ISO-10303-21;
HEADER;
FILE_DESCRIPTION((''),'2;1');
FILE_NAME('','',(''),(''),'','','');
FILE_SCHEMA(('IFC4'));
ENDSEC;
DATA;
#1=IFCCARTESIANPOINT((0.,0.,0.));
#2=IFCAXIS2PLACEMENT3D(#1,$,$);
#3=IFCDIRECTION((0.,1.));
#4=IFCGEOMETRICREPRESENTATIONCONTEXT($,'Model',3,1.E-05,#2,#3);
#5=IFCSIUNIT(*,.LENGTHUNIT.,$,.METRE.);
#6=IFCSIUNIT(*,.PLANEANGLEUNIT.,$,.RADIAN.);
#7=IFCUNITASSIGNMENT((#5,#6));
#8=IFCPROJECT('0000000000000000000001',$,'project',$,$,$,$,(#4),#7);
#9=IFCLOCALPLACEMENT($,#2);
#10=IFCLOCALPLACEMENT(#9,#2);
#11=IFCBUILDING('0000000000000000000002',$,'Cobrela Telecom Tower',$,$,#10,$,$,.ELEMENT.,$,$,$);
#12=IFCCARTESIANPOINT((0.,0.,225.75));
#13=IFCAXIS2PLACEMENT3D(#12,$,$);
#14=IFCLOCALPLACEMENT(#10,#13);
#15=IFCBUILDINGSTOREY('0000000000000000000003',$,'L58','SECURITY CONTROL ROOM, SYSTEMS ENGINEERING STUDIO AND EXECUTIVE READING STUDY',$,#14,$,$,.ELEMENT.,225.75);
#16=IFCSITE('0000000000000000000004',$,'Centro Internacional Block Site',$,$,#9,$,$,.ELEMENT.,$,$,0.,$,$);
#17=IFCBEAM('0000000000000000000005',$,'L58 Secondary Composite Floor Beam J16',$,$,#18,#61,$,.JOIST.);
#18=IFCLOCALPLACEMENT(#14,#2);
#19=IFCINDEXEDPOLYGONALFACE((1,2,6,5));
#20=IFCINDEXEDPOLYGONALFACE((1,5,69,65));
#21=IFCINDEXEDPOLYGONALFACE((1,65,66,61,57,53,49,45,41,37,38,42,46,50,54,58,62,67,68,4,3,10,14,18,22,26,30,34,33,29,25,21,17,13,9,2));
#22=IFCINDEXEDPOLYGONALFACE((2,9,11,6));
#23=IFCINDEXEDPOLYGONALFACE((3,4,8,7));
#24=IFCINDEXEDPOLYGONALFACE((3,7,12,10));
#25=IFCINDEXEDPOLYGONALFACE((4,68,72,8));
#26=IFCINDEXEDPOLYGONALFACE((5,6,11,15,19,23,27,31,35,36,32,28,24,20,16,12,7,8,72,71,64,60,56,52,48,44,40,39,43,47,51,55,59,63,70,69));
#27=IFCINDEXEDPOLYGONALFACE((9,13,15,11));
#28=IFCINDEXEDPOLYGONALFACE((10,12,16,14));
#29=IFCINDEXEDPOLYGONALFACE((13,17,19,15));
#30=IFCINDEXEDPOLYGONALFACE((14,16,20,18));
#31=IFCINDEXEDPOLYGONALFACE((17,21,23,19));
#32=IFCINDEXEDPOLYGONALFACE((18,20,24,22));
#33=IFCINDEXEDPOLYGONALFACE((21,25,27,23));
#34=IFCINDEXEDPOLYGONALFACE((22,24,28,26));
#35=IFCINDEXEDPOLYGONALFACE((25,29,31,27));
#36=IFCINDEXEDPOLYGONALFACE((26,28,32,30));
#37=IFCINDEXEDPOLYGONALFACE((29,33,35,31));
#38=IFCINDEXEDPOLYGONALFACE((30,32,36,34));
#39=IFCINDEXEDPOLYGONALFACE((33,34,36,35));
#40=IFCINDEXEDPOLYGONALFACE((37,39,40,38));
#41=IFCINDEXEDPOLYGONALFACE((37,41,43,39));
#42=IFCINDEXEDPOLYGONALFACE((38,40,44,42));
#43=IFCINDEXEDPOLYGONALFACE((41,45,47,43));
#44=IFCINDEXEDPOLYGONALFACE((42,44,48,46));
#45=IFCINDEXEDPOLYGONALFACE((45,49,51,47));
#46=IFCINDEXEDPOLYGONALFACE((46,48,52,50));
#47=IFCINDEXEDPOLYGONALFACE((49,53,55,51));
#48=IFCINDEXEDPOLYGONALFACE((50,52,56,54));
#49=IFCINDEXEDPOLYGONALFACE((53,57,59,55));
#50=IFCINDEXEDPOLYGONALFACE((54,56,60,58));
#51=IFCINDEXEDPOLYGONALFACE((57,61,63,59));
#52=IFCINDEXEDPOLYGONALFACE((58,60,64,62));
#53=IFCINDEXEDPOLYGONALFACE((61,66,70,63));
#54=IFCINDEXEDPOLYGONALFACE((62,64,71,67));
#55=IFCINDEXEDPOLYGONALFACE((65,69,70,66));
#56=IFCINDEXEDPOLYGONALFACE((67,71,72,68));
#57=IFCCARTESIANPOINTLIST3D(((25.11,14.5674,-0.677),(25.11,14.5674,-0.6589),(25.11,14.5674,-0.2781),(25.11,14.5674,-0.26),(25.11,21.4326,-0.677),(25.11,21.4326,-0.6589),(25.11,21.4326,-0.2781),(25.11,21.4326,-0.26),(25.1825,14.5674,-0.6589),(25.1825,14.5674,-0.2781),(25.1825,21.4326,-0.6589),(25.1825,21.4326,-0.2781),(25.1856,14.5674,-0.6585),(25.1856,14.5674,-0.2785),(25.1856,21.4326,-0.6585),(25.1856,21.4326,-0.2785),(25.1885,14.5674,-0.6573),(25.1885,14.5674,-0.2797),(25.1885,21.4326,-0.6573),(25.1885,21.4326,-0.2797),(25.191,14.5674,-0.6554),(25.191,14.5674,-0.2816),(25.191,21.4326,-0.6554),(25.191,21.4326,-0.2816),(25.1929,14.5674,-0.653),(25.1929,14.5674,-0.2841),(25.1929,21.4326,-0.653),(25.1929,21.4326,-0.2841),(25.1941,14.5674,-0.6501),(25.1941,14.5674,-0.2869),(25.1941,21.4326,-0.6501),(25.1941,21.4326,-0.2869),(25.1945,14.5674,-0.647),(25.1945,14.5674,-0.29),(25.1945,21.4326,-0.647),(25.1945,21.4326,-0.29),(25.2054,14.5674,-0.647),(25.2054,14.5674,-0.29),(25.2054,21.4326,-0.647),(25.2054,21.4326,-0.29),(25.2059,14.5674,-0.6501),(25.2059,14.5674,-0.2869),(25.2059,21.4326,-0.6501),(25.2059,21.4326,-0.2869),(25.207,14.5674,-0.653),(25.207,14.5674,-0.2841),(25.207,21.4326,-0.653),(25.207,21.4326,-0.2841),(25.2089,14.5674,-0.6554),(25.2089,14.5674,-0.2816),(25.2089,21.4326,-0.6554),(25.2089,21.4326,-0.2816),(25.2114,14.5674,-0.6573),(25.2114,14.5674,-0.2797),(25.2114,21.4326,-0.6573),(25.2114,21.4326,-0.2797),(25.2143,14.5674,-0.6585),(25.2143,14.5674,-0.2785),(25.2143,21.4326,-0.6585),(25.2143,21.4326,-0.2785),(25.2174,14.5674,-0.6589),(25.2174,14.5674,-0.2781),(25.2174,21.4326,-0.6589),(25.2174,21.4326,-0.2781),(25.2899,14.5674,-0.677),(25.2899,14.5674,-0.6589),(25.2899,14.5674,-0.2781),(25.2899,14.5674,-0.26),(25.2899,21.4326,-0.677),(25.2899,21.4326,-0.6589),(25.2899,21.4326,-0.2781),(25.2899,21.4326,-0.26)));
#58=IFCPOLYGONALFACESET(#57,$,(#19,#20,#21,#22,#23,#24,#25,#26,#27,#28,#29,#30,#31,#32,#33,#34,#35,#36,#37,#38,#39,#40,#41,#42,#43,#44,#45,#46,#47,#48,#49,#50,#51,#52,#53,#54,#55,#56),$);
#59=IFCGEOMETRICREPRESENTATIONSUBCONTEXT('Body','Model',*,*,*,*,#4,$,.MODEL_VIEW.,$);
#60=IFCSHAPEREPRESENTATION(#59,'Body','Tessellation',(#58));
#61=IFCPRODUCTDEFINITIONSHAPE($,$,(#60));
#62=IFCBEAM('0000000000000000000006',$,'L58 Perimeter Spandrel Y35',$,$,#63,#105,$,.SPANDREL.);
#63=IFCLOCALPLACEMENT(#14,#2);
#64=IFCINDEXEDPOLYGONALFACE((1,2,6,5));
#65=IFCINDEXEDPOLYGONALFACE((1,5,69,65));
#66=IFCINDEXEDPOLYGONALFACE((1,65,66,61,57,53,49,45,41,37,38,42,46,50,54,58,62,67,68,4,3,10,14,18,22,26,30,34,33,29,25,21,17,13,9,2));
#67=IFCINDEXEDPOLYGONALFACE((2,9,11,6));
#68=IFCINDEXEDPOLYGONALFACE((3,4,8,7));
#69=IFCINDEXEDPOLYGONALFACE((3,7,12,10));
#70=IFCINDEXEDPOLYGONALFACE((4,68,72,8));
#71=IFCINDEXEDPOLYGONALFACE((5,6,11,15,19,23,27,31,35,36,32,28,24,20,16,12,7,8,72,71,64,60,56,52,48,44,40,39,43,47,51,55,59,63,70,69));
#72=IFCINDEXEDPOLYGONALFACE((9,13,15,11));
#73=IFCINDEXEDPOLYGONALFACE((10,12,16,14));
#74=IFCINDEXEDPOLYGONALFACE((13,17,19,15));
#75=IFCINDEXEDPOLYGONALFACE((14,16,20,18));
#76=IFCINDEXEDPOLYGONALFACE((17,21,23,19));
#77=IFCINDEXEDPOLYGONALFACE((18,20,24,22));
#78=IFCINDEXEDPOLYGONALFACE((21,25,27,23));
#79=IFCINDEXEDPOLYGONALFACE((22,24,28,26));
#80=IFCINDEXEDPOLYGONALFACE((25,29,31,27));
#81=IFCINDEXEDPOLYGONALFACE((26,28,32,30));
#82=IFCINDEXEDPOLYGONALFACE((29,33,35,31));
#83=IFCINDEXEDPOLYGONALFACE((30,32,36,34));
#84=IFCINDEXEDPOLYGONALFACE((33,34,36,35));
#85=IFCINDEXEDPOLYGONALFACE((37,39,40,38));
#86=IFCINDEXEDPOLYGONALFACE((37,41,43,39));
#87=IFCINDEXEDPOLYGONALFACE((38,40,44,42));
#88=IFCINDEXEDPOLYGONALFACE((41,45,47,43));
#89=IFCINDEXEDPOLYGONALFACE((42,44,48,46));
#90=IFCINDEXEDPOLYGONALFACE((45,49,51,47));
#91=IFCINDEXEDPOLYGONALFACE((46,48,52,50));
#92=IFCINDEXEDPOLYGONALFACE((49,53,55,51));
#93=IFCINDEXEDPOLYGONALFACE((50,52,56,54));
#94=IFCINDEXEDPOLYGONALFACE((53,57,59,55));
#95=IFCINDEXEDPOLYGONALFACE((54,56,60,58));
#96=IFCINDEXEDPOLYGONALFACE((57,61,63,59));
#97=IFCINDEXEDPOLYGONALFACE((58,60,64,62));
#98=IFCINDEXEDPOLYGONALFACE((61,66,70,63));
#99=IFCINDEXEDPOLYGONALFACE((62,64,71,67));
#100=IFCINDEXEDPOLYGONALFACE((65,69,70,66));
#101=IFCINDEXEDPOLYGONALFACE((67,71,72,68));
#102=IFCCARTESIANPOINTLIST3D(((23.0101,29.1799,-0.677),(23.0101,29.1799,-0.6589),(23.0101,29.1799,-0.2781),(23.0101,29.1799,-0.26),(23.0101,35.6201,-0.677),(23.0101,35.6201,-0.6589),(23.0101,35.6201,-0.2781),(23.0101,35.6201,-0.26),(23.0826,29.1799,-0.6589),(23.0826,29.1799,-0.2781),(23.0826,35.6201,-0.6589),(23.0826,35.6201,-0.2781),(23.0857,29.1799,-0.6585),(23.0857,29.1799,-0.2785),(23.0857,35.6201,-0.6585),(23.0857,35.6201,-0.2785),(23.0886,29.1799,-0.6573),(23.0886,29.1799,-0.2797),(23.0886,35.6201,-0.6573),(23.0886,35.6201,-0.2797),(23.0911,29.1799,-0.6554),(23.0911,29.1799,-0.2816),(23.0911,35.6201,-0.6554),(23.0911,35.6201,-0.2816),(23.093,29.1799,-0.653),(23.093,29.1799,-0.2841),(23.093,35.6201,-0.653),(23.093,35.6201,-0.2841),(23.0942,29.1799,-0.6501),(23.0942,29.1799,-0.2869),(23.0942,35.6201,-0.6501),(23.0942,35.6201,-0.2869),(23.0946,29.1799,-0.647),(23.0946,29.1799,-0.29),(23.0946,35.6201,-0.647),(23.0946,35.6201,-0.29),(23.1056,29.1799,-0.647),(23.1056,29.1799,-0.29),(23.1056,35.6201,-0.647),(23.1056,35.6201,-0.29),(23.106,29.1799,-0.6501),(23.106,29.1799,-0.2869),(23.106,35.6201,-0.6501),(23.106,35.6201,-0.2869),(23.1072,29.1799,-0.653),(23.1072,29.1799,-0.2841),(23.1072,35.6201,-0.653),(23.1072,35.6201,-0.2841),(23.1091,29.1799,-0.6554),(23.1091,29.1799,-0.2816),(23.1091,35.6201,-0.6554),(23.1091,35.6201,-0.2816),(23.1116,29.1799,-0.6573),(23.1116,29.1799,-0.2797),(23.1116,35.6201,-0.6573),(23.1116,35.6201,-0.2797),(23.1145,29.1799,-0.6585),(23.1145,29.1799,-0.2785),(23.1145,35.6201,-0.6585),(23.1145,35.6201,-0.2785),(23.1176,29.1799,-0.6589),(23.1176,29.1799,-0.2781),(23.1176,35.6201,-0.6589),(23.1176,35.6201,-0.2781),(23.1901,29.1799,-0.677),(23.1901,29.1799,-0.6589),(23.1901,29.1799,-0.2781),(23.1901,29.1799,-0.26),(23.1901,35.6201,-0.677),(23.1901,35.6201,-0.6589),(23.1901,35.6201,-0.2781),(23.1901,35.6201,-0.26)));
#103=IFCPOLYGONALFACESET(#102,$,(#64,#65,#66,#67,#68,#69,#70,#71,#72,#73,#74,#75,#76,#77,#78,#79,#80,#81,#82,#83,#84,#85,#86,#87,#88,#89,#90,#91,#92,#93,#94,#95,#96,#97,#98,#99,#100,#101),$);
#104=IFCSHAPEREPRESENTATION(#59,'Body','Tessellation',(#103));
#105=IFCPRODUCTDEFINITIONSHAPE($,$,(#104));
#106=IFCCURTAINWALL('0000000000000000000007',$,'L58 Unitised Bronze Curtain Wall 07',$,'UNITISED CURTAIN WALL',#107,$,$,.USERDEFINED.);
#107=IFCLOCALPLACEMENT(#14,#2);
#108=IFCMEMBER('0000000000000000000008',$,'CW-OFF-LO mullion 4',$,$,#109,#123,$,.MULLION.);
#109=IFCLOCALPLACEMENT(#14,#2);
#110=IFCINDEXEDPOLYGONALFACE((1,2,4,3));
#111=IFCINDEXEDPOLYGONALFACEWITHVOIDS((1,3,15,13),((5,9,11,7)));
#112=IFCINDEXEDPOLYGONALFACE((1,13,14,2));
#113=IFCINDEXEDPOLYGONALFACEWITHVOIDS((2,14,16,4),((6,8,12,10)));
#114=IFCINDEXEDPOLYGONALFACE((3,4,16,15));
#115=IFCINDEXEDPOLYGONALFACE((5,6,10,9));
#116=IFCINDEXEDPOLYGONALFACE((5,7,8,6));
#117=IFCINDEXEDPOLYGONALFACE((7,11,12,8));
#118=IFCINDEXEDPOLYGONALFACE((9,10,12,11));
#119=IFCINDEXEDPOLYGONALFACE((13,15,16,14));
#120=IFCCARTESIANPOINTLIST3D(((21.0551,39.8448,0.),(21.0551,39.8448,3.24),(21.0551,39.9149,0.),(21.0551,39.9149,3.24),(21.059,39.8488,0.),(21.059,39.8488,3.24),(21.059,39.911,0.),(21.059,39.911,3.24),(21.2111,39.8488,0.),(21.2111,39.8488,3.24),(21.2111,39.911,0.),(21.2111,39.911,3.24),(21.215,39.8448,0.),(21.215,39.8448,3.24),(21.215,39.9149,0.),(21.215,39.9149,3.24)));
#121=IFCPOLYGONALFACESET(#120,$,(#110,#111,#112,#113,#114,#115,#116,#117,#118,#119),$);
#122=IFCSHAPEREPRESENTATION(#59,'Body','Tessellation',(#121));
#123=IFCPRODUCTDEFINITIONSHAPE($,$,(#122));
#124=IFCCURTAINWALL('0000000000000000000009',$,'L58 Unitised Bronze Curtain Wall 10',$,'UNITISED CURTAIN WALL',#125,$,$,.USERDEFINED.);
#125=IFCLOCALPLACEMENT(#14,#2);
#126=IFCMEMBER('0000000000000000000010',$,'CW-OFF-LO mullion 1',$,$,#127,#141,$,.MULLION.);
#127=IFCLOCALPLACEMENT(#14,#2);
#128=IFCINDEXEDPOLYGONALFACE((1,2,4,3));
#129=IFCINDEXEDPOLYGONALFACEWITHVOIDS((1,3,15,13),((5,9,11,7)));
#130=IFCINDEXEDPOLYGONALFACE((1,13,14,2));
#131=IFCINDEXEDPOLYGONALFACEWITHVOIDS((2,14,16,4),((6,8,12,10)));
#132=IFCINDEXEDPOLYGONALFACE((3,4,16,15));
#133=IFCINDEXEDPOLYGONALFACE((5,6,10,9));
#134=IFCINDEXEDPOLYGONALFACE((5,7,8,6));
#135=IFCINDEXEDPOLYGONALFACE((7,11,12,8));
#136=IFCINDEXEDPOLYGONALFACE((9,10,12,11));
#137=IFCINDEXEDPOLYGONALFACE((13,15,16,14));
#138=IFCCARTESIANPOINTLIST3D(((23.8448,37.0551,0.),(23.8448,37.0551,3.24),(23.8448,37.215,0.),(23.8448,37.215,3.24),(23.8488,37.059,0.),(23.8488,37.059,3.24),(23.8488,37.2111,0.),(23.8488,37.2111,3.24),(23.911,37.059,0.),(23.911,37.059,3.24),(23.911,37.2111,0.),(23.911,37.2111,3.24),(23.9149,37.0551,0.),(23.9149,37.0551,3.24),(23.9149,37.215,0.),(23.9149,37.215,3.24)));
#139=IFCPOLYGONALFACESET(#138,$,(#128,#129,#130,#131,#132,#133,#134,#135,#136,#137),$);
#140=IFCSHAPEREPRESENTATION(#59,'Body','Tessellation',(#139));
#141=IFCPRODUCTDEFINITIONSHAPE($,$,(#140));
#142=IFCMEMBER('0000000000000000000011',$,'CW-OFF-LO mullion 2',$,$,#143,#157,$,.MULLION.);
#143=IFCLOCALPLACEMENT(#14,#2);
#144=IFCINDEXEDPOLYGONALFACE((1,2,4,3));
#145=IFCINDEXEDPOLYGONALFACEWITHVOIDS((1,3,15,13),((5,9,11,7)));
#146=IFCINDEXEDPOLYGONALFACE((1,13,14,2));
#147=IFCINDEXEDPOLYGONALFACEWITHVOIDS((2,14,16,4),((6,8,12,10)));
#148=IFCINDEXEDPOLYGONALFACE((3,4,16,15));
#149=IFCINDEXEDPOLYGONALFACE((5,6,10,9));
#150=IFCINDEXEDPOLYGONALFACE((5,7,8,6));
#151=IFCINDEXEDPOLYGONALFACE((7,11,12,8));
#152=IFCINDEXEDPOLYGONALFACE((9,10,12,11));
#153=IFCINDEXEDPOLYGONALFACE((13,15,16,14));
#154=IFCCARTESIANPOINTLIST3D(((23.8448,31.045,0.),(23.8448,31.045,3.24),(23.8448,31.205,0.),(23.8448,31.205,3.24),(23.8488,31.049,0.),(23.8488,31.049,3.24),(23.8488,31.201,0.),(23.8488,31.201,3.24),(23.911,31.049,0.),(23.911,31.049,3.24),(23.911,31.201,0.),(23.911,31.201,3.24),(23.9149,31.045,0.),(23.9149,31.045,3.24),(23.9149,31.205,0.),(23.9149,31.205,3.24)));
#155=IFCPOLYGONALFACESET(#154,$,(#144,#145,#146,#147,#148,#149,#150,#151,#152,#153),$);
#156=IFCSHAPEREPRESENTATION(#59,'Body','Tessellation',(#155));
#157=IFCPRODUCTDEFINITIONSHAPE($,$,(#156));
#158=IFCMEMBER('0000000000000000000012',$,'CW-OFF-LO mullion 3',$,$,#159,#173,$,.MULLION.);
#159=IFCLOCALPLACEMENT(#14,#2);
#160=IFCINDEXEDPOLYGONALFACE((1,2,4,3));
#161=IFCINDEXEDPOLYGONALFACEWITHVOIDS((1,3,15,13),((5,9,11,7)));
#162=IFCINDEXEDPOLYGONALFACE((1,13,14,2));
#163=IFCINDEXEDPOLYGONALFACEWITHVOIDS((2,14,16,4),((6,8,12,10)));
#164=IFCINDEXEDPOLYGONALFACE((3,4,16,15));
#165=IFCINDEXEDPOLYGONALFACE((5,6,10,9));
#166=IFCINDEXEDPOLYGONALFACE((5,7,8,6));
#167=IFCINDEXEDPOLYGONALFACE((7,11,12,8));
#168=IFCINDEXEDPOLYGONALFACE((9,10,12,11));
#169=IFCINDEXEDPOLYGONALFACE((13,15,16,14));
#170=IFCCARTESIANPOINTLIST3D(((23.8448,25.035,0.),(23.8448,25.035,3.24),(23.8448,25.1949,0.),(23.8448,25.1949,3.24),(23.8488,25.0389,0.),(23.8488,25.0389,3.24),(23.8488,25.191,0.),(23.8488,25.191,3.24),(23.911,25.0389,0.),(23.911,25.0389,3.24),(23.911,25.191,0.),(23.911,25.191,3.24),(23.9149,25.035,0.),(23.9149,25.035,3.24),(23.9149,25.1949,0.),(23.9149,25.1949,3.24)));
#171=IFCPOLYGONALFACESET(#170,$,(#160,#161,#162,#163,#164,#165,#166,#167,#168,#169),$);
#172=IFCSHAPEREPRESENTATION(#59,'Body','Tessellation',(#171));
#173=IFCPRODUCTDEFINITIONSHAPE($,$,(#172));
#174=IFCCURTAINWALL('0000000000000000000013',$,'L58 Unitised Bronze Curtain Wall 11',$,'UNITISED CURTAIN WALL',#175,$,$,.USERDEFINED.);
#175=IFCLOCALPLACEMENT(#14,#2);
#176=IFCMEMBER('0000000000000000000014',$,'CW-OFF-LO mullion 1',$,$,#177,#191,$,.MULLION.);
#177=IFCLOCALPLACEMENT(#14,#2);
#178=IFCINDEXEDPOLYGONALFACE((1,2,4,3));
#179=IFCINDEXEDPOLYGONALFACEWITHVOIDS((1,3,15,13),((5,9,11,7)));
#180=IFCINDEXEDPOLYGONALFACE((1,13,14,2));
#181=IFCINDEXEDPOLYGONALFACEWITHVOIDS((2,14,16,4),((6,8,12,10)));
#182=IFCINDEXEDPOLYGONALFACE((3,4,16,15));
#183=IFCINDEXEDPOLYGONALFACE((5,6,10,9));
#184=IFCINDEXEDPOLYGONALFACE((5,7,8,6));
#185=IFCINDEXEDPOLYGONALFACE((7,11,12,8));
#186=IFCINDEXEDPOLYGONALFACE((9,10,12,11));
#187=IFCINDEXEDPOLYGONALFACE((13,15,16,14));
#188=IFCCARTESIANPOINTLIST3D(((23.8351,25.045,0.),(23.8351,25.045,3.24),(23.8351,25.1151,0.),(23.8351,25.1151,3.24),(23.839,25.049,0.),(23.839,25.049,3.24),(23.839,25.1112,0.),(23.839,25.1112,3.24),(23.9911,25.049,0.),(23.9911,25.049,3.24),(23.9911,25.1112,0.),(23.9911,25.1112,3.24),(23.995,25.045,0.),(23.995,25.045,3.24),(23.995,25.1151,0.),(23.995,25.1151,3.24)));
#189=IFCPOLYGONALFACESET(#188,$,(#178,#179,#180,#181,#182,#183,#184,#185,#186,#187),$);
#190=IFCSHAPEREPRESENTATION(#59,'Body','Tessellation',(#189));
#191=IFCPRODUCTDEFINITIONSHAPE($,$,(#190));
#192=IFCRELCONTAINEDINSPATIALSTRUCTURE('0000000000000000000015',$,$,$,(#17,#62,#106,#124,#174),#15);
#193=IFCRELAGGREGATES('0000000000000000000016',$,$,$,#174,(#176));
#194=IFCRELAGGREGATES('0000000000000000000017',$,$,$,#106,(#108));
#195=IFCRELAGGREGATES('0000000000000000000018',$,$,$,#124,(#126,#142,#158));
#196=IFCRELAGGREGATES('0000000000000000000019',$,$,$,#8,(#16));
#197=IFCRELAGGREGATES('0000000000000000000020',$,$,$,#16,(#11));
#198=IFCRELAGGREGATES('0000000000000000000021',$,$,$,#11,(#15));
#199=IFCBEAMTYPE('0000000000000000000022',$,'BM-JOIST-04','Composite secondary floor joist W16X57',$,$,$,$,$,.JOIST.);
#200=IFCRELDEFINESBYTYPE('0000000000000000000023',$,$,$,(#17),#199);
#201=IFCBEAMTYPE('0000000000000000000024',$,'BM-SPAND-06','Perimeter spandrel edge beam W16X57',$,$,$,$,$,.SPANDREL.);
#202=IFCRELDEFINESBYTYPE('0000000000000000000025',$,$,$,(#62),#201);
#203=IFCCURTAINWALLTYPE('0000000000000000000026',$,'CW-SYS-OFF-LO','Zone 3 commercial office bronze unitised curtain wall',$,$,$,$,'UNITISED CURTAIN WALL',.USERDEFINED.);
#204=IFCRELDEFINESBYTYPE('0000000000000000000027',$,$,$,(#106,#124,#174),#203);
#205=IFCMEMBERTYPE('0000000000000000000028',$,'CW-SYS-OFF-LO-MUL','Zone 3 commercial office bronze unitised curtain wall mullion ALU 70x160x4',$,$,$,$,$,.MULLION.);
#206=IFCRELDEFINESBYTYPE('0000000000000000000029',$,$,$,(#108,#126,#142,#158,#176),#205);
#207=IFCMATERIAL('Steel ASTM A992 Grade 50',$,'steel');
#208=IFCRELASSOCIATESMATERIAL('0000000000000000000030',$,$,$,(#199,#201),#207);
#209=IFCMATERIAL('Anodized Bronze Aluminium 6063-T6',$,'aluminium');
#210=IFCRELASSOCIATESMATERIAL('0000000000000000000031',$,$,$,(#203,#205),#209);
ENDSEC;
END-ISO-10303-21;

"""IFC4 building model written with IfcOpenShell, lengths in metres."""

from ifc_helpers import new_model, si_unit, direction, frame, origin, origin_2d, place, context, subcontext, project, spatial, hollow_rectangle, i_section, extrude, material, material_profile, profile_set, type_object, element, aggregate, save


model = new_model("IFC4")

# Units and contexts
model_context = context("Model", 3, precision=1e-05, world=origin(), true_north=direction((0.0, 1.0)))
body_context = subcontext(model_context, "Body", "Model", "MODEL_VIEW")
ifc_project = project(units=[si_unit("LENGTHUNIT", "METRE"), si_unit("PLANEANGLEUNIT", "RADIAN")], contexts=[model_context])

# Site, building, storey
site_placement = place(None, origin())
site = spatial("IfcSite", under=ifc_project, at=site_placement, Name="Centro Internacional Block Site", CompositionType="ELEMENT", RefElevation=0.0)
building_placement = place(site_placement, origin())
building = spatial("IfcBuilding", under=site, at=building_placement, Name="Cobrela Telecom Tower", CompositionType="ELEMENT")
storey_placement = place(building_placement, frame((0.0, 0.0, 225.75)))
storey = spatial("IfcBuildingStorey", under=building, at=storey_placement, Name="L58", Description="SECURITY CONTROL ROOM, SYSTEMS ENGINEERING STUDIO AND EXECUTIVE READING STUDY", CompositionType="ELEMENT", Elevation=225.75)

# Shared definitions
ifc_material_1 = material(Name="Steel ASTM A992 Grade 50", Category="steel")

# Beams
ifc_material_profile_1 = material_profile(ifc_material_1, i_section(OverallWidth=0.1799, OverallDepth=0.417, WebThickness=0.011, FlangeThickness=0.0181, FilletRadius=0.012, at=origin_2d()), Name="W16X57")
ifc_profile_set_1 = profile_set([ifc_material_profile_1], Name="Steel ASTM A992 Grade 50")
beam_type_1 = type_object("IfcBeamType", Name="BM-JOIST-04", Description="Composite secondary floor joist W16X57", PredefinedType="JOIST", material=ifc_profile_set_1)
for number, where, z_axis, x_axis, name in (
    (1, (25.2, 14.5674, -0.4685), (0.0, 1.0, 0.0), (-1.0, 0.0, 0.0), "L58 Secondary Composite Floor Beam J16"),
):
    element("IfcBeam", number, at=place(storey_placement, frame(where, z_axis=z_axis, x_axis=x_axis)), inside=storey, type_object=beam_type_1, Name=name, PredefinedType="JOIST", context=body_context, shape_type="SweptSolid", body=[
        extrude(i_section(OverallWidth=0.1799, OverallDepth=0.417, WebThickness=0.011, FlangeThickness=0.0181, FilletRadius=0.012, at=origin_2d()), origin(), (0.0, 0.0, 1.0), 6.8652),
    ])
ifc_material_profile_2 = material_profile(ifc_material_1, i_section(OverallWidth=0.1799, OverallDepth=0.417, WebThickness=0.011, FlangeThickness=0.0181, FilletRadius=0.012, at=origin_2d()), Name="W16X57")
ifc_profile_set_2 = profile_set([ifc_material_profile_2], Name="Steel ASTM A992 Grade 50")
beam_type_2 = type_object("IfcBeamType", Name="BM-SPAND-06", Description="Perimeter spandrel edge beam W16X57", PredefinedType="SPANDREL", material=ifc_profile_set_2)
beam_1_placement = place(storey_placement, frame((23.1001, 29.1799, -0.4685), z_axis=(0.0, 1.0, 0.0), x_axis=(-1.0, 0.0, 0.0)))
element("IfcBeam", 2, at=beam_1_placement, inside=storey, type_object=beam_type_2, Name="L58 Perimeter Spandrel Y35", PredefinedType="SPANDREL", context=body_context, shape_type="SweptSolid", body=[
    extrude(i_section(OverallWidth=0.1799, OverallDepth=0.417, WebThickness=0.011, FlangeThickness=0.0181, FilletRadius=0.012, at=origin_2d()), origin(), (0.0, 0.0, 1.0), 6.4402),
])

# Curtain wall, member
ifc_material_2 = material(Name="Anodized Bronze Aluminium 6063-T6", Category="aluminium")
curtain_wall_type = type_object("IfcCurtainWallType", Name="CW-SYS-OFF-LO", Description="Zone 3 commercial office bronze unitised curtain wall", ElementType="UNITISED CURTAIN WALL", PredefinedType="USERDEFINED", material=ifc_material_2)
curtain_wall_1_placement = place(storey_placement, origin())
curtain_wall_1 = element("IfcCurtainWall", 3, at=curtain_wall_1_placement, inside=storey, type_object=curtain_wall_type, Name="L58 Unitised Bronze Curtain Wall 07", ObjectType="UNITISED CURTAIN WALL", PredefinedType="USERDEFINED")
ifc_material_profile_3 = material_profile(ifc_material_2, hollow_rectangle(XDim=0.0701, YDim=0.1599, WallThickness=0.0039, at=origin_2d()), Name="ALU 70x160x4")
ifc_profile_set_3 = profile_set([ifc_material_profile_3], Name="Anodized Bronze Aluminium 6063-T6")
member_type_1 = type_object("IfcMemberType", Name="CW-SYS-OFF-LO-MUL", Description="Zone 3 commercial office bronze unitised curtain wall mullion ALU 70x160x4", PredefinedType="MULLION", material=ifc_profile_set_3)
member_1_placement = place(storey_placement, frame((21.135, 39.8799, 0.0), z_axis=(0.0, 0.0, 1.0), x_axis=(0.0, 1.0, 0.0)))
member_1 = element("IfcMember", 4, at=member_1_placement, type_object=member_type_1, Name="CW-OFF-LO mullion 4", PredefinedType="MULLION", context=body_context, shape_type="SweptSolid", body=[
    extrude(hollow_rectangle(XDim=0.0701, YDim=0.1599, WallThickness=0.0039, at=origin_2d()), origin(), (0.0, 0.0, 1.0), 3.24),
])

# Curtain wall, members
curtain_wall_2_placement = place(storey_placement, origin())
curtain_wall_2 = element("IfcCurtainWall", 5, at=curtain_wall_2_placement, inside=storey, type_object=curtain_wall_type, Name="L58 Unitised Bronze Curtain Wall 10", ObjectType="UNITISED CURTAIN WALL", PredefinedType="USERDEFINED")
member_2_placement = place(storey_placement, frame((23.8799, 37.135, 0.0), z_axis=(0.0, 0.0, 1.0), x_axis=(1.0, 0.0, 0.0)))
member_2 = element("IfcMember", 6, at=member_2_placement, type_object=member_type_1, Name="CW-OFF-LO mullion 1", PredefinedType="MULLION", context=body_context, shape_type="SweptSolid", body=[
    extrude(hollow_rectangle(XDim=0.0701, YDim=0.1599, WallThickness=0.0039, at=origin_2d()), origin(), (0.0, 0.0, 1.0), 3.24),
])
member_3_placement = place(storey_placement, frame((23.8799, 31.125, 0.0), z_axis=(0.0, 0.0, 1.0), x_axis=(1.0, 0.0, 0.0)))
member_3 = element("IfcMember", 7, at=member_3_placement, type_object=member_type_1, Name="CW-OFF-LO mullion 2", PredefinedType="MULLION", context=body_context, shape_type="SweptSolid", body=[
    extrude(hollow_rectangle(XDim=0.0701, YDim=0.1599, WallThickness=0.0039, at=origin_2d()), origin(), (0.0, 0.0, 1.0), 3.24),
])
member_4_placement = place(storey_placement, frame((23.8799, 25.115, 0.0), z_axis=(0.0, 0.0, 1.0), x_axis=(1.0, 0.0, 0.0)))
member_4 = element("IfcMember", 8, at=member_4_placement, type_object=member_type_1, Name="CW-OFF-LO mullion 3", PredefinedType="MULLION", context=body_context, shape_type="SweptSolid", body=[
    extrude(hollow_rectangle(XDim=0.0701, YDim=0.1599, WallThickness=0.0039, at=origin_2d()), origin(), (0.0, 0.0, 1.0), 3.24),
])

# Curtain wall, member
curtain_wall_3_placement = place(storey_placement, origin())
curtain_wall_3 = element("IfcCurtainWall", 9, at=curtain_wall_3_placement, inside=storey, type_object=curtain_wall_type, Name="L58 Unitised Bronze Curtain Wall 11", ObjectType="UNITISED CURTAIN WALL", PredefinedType="USERDEFINED")
member_5_placement = place(storey_placement, frame((23.915, 25.0801, 0.0), z_axis=(0.0, 0.0, 1.0), x_axis=(0.0, 1.0, 0.0)))
member_5 = element("IfcMember", 10, at=member_5_placement, type_object=member_type_1, Name="CW-OFF-LO mullion 1", PredefinedType="MULLION", context=body_context, shape_type="SweptSolid", body=[
    extrude(hollow_rectangle(XDim=0.0701, YDim=0.1599, WallThickness=0.0039, at=origin_2d()), origin(), (0.0, 0.0, 1.0), 3.24),
])

aggregate(curtain_wall_3, [member_5])

aggregate(curtain_wall_1, [member_1])
aggregate(curtain_wall_2, [member_2, member_3, member_4])

save(model, "model.ifc")
